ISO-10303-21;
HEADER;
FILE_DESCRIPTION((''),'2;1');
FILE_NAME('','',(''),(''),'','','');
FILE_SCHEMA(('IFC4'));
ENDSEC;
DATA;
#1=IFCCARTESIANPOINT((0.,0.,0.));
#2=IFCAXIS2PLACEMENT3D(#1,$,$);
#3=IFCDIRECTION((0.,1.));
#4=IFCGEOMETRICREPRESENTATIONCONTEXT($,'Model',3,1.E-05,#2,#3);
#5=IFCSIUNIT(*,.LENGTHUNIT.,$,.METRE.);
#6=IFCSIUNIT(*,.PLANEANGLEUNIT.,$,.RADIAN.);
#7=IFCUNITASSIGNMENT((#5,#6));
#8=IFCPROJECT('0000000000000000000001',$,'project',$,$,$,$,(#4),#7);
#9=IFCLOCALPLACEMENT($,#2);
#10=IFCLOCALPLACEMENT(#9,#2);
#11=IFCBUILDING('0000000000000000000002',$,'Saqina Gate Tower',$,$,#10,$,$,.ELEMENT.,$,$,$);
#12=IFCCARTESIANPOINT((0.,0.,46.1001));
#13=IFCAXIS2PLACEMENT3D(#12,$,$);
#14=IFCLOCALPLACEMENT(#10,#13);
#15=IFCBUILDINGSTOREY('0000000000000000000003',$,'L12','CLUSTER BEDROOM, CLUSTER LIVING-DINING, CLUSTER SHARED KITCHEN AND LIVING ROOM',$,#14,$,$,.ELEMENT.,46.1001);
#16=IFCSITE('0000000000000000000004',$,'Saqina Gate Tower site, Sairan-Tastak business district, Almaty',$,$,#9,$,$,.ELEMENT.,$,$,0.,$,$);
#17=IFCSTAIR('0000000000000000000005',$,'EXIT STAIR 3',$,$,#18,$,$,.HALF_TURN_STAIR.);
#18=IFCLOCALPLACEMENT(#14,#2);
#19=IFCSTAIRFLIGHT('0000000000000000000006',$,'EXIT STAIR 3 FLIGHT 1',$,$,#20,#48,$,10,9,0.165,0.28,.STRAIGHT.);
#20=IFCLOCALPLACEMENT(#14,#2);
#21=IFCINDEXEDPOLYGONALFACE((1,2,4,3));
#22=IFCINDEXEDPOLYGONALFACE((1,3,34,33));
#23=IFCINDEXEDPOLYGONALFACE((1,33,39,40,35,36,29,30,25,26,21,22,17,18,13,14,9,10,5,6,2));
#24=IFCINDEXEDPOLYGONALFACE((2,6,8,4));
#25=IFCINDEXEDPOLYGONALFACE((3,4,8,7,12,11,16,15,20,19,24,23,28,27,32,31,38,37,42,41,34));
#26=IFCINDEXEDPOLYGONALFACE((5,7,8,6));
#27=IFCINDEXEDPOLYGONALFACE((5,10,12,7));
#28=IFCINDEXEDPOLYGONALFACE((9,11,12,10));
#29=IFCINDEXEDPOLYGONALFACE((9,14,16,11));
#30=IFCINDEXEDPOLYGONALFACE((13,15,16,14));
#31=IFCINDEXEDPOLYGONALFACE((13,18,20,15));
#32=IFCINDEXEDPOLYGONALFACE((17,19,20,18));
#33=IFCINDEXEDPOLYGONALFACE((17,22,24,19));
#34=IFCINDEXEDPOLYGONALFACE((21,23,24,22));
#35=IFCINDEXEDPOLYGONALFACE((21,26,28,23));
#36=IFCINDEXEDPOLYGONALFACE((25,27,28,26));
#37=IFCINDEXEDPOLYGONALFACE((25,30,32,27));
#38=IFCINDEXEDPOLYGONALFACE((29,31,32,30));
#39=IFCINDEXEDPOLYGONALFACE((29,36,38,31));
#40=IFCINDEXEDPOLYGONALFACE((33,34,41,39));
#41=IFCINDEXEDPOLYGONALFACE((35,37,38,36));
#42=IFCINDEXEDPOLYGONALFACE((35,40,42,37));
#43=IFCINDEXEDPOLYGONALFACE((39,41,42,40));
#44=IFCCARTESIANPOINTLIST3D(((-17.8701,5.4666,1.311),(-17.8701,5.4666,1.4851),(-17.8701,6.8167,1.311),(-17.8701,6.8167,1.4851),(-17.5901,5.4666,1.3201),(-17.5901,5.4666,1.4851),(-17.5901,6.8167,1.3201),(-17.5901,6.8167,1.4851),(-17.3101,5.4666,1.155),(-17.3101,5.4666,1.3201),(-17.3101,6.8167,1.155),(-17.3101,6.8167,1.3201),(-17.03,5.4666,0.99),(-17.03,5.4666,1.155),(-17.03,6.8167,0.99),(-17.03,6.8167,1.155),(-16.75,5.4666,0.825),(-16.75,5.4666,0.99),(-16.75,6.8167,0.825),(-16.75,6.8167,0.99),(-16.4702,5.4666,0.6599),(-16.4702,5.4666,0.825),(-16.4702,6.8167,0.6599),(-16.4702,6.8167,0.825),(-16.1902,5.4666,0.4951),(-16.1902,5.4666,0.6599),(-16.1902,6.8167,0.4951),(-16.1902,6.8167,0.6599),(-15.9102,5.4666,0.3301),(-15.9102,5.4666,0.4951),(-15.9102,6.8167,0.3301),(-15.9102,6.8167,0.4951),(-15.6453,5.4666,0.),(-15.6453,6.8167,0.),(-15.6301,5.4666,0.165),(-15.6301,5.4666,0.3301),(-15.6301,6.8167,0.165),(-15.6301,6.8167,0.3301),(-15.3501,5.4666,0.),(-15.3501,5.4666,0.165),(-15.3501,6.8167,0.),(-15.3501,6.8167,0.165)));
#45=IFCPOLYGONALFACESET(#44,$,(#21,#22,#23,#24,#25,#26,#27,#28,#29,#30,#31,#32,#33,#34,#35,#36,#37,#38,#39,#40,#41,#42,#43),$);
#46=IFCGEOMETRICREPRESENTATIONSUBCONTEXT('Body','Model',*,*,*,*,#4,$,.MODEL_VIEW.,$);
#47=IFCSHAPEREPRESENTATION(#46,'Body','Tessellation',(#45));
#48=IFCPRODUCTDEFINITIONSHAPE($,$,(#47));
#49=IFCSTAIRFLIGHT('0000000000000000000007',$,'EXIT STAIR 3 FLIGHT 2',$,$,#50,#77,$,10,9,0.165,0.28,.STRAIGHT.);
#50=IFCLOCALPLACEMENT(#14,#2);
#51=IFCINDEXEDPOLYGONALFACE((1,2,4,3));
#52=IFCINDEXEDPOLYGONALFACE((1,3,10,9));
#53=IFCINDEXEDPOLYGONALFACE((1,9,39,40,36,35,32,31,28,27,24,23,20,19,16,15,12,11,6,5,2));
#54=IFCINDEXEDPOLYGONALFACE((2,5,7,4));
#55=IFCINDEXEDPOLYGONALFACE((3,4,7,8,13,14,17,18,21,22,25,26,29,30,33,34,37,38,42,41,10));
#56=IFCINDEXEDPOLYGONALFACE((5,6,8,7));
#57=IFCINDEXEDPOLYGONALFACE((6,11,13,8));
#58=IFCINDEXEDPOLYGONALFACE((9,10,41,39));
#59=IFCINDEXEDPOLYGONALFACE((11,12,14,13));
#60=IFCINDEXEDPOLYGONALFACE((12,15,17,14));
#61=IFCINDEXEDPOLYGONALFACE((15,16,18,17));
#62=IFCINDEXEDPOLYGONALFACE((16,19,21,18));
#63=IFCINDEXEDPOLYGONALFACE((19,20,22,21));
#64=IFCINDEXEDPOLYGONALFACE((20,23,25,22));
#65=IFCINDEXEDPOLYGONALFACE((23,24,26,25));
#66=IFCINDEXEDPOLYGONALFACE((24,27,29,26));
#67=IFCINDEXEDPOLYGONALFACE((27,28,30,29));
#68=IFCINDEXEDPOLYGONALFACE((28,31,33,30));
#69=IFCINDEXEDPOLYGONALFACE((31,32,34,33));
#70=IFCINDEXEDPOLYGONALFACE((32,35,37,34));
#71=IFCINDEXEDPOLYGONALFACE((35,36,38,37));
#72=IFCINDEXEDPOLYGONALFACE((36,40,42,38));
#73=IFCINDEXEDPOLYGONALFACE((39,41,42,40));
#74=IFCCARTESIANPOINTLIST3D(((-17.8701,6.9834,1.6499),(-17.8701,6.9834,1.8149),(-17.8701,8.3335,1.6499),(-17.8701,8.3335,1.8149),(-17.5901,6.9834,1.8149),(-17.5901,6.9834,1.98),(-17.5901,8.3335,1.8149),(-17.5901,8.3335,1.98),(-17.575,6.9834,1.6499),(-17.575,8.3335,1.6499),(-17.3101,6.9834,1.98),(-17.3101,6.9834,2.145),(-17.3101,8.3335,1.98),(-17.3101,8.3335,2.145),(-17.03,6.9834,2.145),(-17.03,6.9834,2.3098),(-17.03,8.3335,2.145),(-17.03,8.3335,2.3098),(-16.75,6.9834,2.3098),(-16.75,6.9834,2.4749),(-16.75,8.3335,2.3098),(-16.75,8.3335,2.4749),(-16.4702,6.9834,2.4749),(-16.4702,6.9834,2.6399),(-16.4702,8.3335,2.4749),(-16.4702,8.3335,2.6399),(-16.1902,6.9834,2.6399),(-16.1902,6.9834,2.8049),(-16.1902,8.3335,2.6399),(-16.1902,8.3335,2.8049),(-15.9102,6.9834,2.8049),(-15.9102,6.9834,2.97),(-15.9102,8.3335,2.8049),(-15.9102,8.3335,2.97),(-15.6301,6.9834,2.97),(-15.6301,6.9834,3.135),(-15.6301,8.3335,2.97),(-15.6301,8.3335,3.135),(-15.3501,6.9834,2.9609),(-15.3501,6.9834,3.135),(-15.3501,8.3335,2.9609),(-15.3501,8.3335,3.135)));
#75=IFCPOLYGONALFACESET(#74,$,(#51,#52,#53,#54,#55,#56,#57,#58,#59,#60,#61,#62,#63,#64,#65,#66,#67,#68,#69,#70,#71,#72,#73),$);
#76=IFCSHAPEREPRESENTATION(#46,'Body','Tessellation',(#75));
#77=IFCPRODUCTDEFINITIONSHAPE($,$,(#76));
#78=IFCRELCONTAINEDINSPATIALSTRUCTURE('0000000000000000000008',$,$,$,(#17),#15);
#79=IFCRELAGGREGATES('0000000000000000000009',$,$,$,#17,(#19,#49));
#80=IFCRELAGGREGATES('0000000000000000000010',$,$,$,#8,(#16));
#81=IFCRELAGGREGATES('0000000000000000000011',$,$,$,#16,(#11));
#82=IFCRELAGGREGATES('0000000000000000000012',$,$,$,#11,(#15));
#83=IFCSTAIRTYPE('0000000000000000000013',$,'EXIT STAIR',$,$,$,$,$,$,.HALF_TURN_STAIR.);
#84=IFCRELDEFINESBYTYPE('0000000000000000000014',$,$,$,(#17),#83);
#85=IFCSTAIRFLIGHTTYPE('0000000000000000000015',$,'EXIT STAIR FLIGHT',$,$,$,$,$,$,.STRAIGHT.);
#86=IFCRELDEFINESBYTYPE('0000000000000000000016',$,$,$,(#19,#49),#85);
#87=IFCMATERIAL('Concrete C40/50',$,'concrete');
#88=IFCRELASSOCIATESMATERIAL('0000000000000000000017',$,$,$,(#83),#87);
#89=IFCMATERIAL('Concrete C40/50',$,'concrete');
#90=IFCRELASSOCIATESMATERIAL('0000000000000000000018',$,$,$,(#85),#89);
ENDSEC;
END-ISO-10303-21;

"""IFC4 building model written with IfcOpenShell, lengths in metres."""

from ifc_helpers import new_model, si_unit, direction, frame, origin, place, context, subcontext, project, spatial, polyline, outline, extrude, material, type_object, element, aggregate, save


model = new_model("IFC4")

# Units and contexts
model_context = context("Model", 3, precision=1e-05, world=origin(), true_north=direction((0.0, 1.0)))
body_context = subcontext(model_context, "Body", "Model", "MODEL_VIEW")
ifc_project = project(units=[si_unit("LENGTHUNIT", "METRE"), si_unit("PLANEANGLEUNIT", "RADIAN")], contexts=[model_context])

# Site, building, storey
site_placement = place(None, origin())
site = spatial("IfcSite", under=ifc_project, at=site_placement, Name="Saqina Gate Tower site, Sairan-Tastak business district, Almaty", CompositionType="ELEMENT", RefElevation=0.0)
building_placement = place(site_placement, origin())
building = spatial("IfcBuilding", under=site, at=building_placement, Name="Saqina Gate Tower", CompositionType="ELEMENT")
storey_placement = place(building_placement, frame((0.0, 0.0, 46.1001)))
storey = spatial("IfcBuildingStorey", under=building, at=storey_placement, Name="L12", Description="CLUSTER BEDROOM, CLUSTER LIVING-DINING, CLUSTER SHARED KITCHEN AND LIVING ROOM", CompositionType="ELEMENT", Elevation=46.1001)

# Stair, stair flights
ifc_material_1 = material(Name="Concrete C40/50", Category="concrete")
stair_type = type_object("IfcStairType", Name="EXIT STAIR", PredefinedType="HALF_TURN_STAIR", material=ifc_material_1)
stair_placement = place(storey_placement, origin())
stair = element("IfcStair", 1, at=stair_placement, inside=storey, type_object=stair_type, Name="EXIT STAIR 3", PredefinedType="HALF_TURN_STAIR")
ifc_material_2 = material(Name="Concrete C40/50", Category="concrete")
stair_flight_type = type_object("IfcStairFlightType", Name="EXIT STAIR FLIGHT", PredefinedType="STRAIGHT", material=ifc_material_2)
stair_flight_1_placement = place(storey_placement, frame((-15.3501, 6.1416, 0.0), z_axis=(0.0, 0.0, 1.0), x_axis=(-1.0, 0.0, 0.0)))
stair_flight_1 = element("IfcStairFlight", 2, at=stair_flight_1_placement, type_object=stair_flight_type, Name="EXIT STAIR 3 FLIGHT 1", NumberOfRisers=10, NumberOfTreads=9, PredefinedType="STRAIGHT", RiserHeight=0.165, TreadLength=0.28, context=body_context, shape_type="SweptSolid", body=[
    extrude(outline(polyline([(0.0, 0.0), (0.0, 0.165), (0.28, 0.165), (0.28, 0.3301), (0.5601, 0.3301), (0.5601, 0.4951), (0.8401, 0.4951), (0.8401, 0.6599), (1.1201, 0.6599), (1.1201, 0.825), (1.3999, 0.825), (1.3999, 0.99), (1.6799, 0.99), (1.6799, 1.155), (1.96, 1.155), (1.96, 1.3201), (2.24, 1.3201), (2.24, 1.4851), (2.52, 1.4851), (2.52, 1.6499), (2.52, 1.311), (0.2952, 0.0), (0.0, 0.0)])), frame((0.0, 0.675, 0.0), z_axis=(0.0, -1.0, 0.0), x_axis=(1.0, 0.0, 0.0)), (0.0, 0.0, 1.0), 1.3501),
])
stair_flight_2_placement = place(storey_placement, frame((-17.8701, 7.6584, 1.6499), z_axis=(0.0, 0.0, 1.0), x_axis=(1.0, 0.0, 0.0)))
stair_flight_2 = element("IfcStairFlight", 3, at=stair_flight_2_placement, type_object=stair_flight_type, Name="EXIT STAIR 3 FLIGHT 2", NumberOfRisers=10, NumberOfTreads=9, PredefinedType="STRAIGHT", RiserHeight=0.165, TreadLength=0.28, context=body_context, shape_type="SweptSolid", body=[
    extrude(outline(polyline([(0.0, 0.0), (0.0, 0.165), (0.28, 0.165), (0.28, 0.3301), (0.5601, 0.3301), (0.5601, 0.4951), (0.8401, 0.4951), (0.8401, 0.6599), (1.1201, 0.6599), (1.1201, 0.825), (1.3999, 0.825), (1.3999, 0.99), (1.6799, 0.99), (1.6799, 1.155), (1.96, 1.155), (1.96, 1.3201), (2.24, 1.3201), (2.24, 1.4851), (2.52, 1.4851), (2.52, 1.6499), (2.52, 1.311), (0.2952, 0.0), (0.0, 0.0)])), frame((0.0, 0.675, 0.0), z_axis=(0.0, -1.0, 0.0), x_axis=(1.0, 0.0, 0.0)), (0.0, 0.0, 1.0), 1.3501),
])
aggregate(stair, [stair_flight_1, stair_flight_2])

save(model, "model.ifc")
